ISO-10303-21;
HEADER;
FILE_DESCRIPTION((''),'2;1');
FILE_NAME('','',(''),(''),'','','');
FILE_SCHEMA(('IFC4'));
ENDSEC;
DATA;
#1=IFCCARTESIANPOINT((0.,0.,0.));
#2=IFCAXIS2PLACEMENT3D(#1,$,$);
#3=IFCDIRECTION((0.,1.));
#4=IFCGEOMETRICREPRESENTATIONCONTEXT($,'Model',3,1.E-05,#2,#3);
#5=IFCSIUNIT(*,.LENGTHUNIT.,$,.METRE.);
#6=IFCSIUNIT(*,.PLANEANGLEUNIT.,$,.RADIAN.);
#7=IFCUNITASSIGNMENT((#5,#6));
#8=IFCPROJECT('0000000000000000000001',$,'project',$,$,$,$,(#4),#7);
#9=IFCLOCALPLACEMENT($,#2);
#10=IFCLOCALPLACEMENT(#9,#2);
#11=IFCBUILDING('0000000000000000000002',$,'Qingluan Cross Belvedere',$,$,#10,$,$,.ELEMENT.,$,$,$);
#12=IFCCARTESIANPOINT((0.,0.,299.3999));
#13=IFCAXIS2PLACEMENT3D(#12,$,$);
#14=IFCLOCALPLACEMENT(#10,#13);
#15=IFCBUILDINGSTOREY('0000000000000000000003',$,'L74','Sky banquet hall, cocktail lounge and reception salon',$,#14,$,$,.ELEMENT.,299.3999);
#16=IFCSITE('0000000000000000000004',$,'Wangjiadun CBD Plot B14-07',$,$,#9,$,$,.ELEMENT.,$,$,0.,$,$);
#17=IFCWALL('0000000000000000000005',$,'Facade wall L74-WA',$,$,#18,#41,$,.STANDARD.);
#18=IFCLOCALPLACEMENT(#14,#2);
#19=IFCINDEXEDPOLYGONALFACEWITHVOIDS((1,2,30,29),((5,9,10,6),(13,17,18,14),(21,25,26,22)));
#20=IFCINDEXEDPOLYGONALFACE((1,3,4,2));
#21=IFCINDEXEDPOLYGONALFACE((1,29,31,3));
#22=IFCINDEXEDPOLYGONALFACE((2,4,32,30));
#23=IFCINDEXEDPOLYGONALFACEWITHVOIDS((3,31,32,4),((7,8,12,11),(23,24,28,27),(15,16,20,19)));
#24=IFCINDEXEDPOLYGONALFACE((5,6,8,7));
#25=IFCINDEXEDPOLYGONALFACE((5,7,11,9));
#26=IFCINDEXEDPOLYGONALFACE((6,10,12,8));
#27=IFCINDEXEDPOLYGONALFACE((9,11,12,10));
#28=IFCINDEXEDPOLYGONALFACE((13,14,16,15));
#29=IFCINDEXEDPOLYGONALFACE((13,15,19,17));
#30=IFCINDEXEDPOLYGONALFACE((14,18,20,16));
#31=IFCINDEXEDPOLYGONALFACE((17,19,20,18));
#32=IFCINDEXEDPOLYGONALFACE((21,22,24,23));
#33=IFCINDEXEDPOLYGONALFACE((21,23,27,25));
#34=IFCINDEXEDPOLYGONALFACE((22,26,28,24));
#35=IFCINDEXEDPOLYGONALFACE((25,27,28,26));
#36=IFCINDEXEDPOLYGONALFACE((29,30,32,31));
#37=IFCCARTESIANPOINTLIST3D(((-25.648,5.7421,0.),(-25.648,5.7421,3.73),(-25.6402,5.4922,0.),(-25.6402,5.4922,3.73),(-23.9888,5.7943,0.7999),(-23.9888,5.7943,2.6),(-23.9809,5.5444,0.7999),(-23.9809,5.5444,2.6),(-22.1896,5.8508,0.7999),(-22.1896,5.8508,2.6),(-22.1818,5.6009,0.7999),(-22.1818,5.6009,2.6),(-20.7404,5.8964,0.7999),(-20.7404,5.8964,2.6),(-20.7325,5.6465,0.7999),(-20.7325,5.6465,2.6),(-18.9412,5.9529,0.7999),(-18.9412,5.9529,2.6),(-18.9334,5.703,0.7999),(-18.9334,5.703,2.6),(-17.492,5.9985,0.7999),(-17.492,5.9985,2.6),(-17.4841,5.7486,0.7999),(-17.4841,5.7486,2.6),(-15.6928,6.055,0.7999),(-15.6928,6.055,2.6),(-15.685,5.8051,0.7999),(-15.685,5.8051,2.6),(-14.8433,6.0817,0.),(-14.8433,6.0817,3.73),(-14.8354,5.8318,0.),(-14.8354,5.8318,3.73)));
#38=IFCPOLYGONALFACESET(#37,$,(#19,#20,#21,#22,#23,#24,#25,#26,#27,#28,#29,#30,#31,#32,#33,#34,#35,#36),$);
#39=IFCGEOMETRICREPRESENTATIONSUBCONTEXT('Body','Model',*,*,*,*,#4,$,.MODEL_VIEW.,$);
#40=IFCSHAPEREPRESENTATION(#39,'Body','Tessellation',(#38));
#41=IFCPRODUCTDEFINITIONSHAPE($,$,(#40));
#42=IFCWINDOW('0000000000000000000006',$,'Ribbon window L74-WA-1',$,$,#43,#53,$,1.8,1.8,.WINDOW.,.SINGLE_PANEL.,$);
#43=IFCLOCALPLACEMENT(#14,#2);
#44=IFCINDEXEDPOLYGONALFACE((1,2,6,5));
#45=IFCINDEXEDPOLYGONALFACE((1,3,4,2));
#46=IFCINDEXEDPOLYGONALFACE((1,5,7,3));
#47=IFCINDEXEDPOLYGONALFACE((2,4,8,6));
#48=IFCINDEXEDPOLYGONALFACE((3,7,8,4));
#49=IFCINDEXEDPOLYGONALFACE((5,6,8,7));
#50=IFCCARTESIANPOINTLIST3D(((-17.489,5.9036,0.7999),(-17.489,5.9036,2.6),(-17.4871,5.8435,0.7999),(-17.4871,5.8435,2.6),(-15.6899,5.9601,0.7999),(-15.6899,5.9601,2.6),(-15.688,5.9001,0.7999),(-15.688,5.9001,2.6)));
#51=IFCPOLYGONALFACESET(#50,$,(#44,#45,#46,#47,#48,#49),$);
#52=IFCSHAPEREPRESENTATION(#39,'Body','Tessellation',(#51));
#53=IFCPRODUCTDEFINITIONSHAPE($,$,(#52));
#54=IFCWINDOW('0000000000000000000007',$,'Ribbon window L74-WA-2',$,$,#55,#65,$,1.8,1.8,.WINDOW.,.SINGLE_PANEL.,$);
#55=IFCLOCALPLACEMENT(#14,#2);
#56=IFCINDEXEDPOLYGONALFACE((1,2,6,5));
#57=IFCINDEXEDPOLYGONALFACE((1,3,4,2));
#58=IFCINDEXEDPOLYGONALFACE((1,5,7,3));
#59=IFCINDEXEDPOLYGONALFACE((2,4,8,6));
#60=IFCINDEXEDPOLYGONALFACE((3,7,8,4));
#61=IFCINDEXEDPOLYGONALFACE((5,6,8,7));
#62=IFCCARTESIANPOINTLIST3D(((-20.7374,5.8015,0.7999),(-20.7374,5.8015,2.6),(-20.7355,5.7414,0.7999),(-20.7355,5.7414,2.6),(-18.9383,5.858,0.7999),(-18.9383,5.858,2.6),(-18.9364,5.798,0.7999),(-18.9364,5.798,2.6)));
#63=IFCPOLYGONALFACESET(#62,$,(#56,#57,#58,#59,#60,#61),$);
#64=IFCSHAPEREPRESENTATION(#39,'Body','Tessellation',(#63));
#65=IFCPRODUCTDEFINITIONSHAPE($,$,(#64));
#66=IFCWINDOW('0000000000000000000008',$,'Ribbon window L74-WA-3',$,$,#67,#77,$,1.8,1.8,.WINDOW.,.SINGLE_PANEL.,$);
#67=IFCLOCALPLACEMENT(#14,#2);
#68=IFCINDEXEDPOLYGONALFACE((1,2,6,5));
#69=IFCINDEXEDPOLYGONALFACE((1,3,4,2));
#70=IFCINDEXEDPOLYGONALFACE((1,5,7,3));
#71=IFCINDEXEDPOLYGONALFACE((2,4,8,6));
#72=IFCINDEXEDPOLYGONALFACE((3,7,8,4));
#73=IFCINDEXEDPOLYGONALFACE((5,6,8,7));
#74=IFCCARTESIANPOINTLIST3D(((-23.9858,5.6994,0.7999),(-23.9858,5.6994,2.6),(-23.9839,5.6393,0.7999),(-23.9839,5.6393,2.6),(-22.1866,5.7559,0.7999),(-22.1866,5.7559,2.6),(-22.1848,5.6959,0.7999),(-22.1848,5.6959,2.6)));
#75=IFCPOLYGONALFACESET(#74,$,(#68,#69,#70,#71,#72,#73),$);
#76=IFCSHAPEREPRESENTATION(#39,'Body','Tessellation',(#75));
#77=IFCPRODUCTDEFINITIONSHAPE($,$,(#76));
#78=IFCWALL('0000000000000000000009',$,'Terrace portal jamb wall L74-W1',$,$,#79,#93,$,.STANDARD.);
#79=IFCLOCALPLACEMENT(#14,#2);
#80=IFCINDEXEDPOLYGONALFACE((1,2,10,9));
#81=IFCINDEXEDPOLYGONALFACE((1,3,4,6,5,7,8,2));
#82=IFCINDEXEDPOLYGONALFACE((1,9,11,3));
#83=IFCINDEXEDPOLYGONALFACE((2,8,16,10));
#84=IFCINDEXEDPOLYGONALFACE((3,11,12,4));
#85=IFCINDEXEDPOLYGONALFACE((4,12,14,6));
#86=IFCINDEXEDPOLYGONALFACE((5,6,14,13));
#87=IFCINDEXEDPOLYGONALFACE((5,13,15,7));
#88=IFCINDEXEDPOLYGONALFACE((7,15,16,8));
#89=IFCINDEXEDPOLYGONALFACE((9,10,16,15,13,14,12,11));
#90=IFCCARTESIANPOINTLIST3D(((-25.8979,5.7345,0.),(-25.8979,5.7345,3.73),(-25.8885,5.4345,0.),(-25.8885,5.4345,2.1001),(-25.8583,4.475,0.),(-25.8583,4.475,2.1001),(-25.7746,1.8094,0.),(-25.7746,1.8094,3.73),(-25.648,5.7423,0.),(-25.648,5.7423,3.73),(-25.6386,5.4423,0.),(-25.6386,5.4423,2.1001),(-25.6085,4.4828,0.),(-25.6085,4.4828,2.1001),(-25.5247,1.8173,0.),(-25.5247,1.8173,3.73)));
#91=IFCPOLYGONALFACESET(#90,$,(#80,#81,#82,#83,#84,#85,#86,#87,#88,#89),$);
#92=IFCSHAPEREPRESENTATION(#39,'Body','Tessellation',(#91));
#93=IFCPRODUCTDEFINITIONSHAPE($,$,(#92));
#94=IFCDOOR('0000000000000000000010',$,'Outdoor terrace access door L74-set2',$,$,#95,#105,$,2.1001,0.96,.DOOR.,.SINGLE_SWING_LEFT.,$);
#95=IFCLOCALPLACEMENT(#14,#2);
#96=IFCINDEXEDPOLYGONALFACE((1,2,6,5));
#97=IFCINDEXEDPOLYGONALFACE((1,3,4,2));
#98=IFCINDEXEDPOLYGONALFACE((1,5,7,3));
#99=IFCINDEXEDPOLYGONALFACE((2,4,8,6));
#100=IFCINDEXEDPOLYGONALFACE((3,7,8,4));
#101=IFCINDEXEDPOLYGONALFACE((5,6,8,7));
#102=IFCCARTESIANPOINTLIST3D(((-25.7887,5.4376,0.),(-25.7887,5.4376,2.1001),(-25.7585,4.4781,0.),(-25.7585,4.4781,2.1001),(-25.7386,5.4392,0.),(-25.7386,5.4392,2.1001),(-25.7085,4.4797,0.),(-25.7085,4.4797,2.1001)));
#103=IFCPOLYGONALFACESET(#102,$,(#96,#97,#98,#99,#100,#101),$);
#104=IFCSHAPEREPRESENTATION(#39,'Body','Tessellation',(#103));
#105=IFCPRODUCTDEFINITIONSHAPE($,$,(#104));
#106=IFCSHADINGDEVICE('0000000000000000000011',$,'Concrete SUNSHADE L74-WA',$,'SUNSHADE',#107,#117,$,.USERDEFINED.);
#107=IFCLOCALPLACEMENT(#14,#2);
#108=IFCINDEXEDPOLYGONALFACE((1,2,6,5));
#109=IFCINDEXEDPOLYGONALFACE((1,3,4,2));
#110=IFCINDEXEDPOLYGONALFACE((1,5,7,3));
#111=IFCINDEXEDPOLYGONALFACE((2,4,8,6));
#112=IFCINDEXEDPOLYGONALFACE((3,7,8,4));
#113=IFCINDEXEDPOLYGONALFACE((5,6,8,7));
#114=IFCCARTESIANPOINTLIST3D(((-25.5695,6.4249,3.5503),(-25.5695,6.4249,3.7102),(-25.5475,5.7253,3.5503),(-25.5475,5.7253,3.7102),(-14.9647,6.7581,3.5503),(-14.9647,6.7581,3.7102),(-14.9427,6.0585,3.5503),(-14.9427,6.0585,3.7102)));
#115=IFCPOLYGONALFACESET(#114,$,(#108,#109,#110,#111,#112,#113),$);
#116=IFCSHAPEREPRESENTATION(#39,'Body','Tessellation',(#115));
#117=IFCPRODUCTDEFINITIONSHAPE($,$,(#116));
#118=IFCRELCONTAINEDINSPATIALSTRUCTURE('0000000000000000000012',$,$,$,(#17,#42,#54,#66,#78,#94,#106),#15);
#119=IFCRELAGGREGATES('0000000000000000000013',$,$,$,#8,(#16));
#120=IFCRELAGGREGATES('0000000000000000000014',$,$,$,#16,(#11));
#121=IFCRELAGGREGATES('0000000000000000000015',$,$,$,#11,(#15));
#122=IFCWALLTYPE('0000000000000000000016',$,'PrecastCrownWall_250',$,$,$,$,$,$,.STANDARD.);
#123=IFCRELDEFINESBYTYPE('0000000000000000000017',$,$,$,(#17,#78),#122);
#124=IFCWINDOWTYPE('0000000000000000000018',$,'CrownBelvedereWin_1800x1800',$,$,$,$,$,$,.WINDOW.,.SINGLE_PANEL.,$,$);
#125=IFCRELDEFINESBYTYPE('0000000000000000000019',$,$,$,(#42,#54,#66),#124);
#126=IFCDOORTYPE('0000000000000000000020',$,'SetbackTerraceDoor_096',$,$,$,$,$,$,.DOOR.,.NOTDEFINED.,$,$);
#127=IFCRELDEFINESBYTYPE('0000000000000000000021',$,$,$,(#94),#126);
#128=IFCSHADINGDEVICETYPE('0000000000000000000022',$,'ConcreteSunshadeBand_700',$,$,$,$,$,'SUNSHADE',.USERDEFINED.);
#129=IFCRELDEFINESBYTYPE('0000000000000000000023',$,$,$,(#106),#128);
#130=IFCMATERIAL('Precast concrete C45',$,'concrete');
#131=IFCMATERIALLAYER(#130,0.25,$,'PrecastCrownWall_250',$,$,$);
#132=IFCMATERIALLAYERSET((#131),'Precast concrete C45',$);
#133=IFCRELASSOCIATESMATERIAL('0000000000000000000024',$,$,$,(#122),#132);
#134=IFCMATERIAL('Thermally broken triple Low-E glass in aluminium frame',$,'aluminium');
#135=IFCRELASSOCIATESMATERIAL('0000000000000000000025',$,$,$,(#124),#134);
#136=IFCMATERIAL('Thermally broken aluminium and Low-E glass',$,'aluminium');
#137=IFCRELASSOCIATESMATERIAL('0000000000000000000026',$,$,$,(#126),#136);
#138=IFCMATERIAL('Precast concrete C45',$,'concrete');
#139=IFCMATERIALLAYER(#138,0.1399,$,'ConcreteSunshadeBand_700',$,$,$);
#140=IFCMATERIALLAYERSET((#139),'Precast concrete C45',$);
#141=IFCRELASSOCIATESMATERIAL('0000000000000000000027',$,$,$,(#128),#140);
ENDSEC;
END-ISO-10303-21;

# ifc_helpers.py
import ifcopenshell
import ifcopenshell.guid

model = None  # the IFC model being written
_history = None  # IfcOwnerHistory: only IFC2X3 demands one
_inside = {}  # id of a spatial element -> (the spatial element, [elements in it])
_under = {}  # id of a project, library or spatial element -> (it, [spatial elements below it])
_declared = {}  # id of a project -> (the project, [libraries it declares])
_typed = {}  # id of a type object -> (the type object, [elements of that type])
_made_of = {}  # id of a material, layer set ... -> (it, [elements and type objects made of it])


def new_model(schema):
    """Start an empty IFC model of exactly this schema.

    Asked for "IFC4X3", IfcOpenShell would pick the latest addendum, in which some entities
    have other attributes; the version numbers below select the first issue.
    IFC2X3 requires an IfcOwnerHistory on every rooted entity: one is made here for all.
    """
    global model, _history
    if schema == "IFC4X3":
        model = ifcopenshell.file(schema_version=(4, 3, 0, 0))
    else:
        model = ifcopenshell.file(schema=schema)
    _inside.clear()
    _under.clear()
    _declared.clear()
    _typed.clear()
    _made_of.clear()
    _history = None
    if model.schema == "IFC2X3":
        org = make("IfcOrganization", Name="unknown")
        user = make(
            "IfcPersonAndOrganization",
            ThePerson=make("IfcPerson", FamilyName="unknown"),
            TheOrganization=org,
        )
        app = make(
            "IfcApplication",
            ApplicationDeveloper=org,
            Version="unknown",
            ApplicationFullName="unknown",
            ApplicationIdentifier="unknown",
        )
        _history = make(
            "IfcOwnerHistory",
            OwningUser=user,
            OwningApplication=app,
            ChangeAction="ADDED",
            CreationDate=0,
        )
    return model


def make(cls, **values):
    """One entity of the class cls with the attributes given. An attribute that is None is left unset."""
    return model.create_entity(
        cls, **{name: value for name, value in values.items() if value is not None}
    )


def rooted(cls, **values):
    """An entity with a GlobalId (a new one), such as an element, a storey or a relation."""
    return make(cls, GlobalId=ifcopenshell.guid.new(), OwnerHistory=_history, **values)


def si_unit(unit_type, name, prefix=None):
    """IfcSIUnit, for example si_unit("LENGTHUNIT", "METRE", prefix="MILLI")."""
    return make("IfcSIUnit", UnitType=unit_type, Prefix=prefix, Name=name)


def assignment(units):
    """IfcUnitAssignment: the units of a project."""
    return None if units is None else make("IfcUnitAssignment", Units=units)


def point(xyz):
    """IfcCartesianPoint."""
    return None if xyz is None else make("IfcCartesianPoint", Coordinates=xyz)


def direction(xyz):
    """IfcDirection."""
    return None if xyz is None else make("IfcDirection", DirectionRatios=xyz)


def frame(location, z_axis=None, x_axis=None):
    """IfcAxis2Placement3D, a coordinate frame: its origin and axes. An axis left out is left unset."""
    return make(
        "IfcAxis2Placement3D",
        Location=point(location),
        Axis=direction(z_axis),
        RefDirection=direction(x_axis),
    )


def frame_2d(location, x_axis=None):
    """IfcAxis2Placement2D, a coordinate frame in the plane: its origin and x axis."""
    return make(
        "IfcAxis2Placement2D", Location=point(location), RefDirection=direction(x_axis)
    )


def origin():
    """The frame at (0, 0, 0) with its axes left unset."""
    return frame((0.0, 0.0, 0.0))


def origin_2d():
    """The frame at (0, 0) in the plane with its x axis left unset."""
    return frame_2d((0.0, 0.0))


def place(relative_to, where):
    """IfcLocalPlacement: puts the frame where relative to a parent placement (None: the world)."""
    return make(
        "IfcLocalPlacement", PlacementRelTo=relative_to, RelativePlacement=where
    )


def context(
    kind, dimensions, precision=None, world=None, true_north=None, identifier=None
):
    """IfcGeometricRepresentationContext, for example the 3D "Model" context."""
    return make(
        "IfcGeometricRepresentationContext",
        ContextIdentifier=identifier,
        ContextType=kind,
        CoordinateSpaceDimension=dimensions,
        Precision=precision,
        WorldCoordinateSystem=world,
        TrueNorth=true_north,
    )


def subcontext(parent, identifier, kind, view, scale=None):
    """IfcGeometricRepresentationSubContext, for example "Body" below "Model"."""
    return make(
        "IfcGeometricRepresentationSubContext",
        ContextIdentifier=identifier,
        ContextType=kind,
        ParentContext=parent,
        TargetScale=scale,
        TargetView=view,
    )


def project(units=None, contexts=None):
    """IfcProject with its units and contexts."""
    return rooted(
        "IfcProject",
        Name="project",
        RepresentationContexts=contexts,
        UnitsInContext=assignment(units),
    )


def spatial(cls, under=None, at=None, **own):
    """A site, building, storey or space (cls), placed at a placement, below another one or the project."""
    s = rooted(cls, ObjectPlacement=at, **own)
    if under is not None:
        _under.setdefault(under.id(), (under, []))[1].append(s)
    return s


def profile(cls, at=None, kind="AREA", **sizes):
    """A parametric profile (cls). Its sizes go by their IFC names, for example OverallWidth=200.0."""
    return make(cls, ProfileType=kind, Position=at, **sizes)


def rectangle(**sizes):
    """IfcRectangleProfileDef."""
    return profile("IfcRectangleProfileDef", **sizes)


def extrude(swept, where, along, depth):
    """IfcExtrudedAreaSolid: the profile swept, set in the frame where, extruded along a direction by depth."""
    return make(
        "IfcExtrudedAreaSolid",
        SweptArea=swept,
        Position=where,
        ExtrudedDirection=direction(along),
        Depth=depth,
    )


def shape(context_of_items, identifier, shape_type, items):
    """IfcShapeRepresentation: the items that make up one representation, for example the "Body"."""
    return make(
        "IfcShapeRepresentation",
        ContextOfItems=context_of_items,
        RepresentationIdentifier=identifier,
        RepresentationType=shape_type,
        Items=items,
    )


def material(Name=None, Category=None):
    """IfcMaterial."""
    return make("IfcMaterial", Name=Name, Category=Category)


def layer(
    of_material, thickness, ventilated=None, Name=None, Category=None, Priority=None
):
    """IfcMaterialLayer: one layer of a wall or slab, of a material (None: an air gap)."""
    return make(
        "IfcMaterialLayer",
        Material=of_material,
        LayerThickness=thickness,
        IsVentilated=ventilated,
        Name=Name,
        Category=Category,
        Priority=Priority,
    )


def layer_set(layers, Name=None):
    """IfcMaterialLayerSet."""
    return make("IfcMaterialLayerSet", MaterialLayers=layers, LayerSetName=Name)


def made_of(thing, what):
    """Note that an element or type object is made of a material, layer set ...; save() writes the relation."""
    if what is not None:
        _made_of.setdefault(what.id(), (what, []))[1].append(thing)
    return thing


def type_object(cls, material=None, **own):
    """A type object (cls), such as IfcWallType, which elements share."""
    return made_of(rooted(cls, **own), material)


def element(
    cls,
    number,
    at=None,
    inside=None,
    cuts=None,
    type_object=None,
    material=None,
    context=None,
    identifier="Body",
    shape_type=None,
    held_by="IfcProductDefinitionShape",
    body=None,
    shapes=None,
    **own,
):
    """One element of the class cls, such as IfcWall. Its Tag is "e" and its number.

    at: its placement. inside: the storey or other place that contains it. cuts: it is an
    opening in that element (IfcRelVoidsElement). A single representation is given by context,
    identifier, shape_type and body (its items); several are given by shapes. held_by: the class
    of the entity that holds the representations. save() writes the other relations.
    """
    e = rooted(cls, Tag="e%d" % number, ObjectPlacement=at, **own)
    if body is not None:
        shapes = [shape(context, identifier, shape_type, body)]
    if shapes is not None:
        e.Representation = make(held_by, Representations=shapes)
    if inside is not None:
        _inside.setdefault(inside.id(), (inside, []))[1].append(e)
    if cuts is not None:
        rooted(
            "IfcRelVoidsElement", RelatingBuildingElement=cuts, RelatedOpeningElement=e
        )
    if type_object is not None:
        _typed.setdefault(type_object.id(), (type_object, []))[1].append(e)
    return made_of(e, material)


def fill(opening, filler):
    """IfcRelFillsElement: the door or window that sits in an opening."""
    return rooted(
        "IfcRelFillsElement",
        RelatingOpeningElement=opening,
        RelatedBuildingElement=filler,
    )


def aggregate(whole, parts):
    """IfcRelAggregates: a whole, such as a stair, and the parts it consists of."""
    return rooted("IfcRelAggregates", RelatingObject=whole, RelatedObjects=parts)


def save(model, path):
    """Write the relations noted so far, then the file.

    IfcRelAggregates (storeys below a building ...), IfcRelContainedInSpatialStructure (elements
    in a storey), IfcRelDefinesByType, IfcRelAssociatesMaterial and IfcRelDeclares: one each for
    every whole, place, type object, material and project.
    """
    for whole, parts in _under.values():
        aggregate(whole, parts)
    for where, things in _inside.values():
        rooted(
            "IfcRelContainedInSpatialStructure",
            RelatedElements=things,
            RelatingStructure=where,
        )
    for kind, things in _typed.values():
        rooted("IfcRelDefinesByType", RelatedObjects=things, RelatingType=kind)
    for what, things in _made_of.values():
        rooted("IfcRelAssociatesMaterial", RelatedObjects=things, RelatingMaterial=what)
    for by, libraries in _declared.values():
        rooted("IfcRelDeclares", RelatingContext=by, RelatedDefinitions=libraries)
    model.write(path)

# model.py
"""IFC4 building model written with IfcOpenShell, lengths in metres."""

from ifc_helpers import new_model, si_unit, direction, frame, frame_2d, origin, origin_2d, place, context, subcontext, project, spatial, rectangle, extrude, material, layer, layer_set, type_object, element, fill, save


model = new_model("IFC4")

# Units and contexts
model_context = context("Model", 3, precision=1e-05, world=origin(), true_north=direction((0.0, 1.0)))
body_context = subcontext(model_context, "Body", "Model", "MODEL_VIEW")
ifc_project = project(units=[si_unit("LENGTHUNIT", "METRE"), si_unit("PLANEANGLEUNIT", "RADIAN")], contexts=[model_context])

# Site, building, storey
site_placement = place(None, origin())
site = spatial("IfcSite", under=ifc_project, at=site_placement, Name="Wangjiadun CBD Plot B14-07", CompositionType="ELEMENT", RefElevation=0.0)
building_placement = place(site_placement, origin())
building = spatial("IfcBuilding", under=site, at=building_placement, Name="Qingluan Cross Belvedere", CompositionType="ELEMENT")
storey_placement = place(building_placement, frame((0.0, 0.0, 299.3999)))
storey = spatial("IfcBuildingStorey", under=building, at=storey_placement, Name="L74", Description="Sky banquet hall, cocktail lounge and reception salon", CompositionType="ELEMENT", Elevation=299.3999)

# Wall, openings, windows
ifc_material_1 = material(Name="Precast concrete C45", Category="concrete")
ifc_layer_1 = layer(ifc_material_1, 0.25, Name="PrecastCrownWall_250")
ifc_layer_set_1 = layer_set([ifc_layer_1], Name="Precast concrete C45")
wall_type = type_object("IfcWallType", Name="PrecastCrownWall_250", PredefinedType="STANDARD", material=ifc_layer_set_1)
wall_1_placement = place(storey_placement, frame((-14.8394, 5.9568, 0.0), z_axis=(0.0, 0.0, 1.0), x_axis=(-0.999506, -0.031415, 0.0)))
wall_1 = element("IfcWall", 1, at=wall_1_placement, inside=storey, type_object=wall_type, Name="Facade wall L74-WA", PredefinedType="STANDARD", context=body_context, shape_type="SweptSolid", body=[
    extrude(rectangle(XDim=10.8101, YDim=0.25, at=frame_2d((5.405, 0.0))), origin(), (0.0, 0.0, 1.0), 3.73),
])
opening_1_placement = place(wall_1_placement, frame((0.8501, 0.0, 0.8)))
opening_1 = element("IfcOpeningElement", 2, at=opening_1_placement, cuts=wall_1, PredefinedType="OPENING", context=body_context, shape_type="SweptSolid", body=[
    extrude(rectangle(XDim=1.8, YDim=1.8, at=frame_2d((0.8999, 0.8999))), frame((0.0, 0.135, 0.0), z_axis=(0.0, -1.0, 0.0), x_axis=(1.0, 0.0, 0.0)), (0.0, 0.0, 1.0), 0.27),
])
opening_2_placement = place(wall_1_placement, frame((4.1001, 0.0, 0.8)))
opening_2 = element("IfcOpeningElement", 3, at=opening_2_placement, cuts=wall_1, PredefinedType="OPENING", context=body_context, shape_type="SweptSolid", body=[
    extrude(rectangle(XDim=1.8, YDim=1.8, at=frame_2d((0.8999, 0.8999))), frame((0.0, 0.135, 0.0), z_axis=(0.0, -1.0, 0.0), x_axis=(1.0, 0.0, 0.0)), (0.0, 0.0, 1.0), 0.27),
])
opening_3_placement = place(wall_1_placement, frame((7.3501, 0.0, 0.8)))
opening_3 = element("IfcOpeningElement", 4, at=opening_3_placement, cuts=wall_1, PredefinedType="OPENING", context=body_context, shape_type="SweptSolid", body=[
    extrude(rectangle(XDim=1.8, YDim=1.8, at=frame_2d((0.8999, 0.8999))), frame((0.0, 0.135, 0.0), z_axis=(0.0, -1.0, 0.0), x_axis=(1.0, 0.0, 0.0)), (0.0, 0.0, 1.0), 0.27),
])
ifc_material_2 = material(Name="Thermally broken triple Low-E glass in aluminium frame", Category="aluminium")
window_type = type_object("IfcWindowType", Name="CrownBelvedereWin_1800x1800", PartitioningType="SINGLE_PANEL", PredefinedType="WINDOW", material=ifc_material_2)
window_1_placement = place(opening_1_placement, origin())
window_1 = element("IfcWindow", 5, at=window_1_placement, inside=storey, type_object=window_type, Name="Ribbon window L74-WA-1", OverallHeight=1.8, OverallWidth=1.8, PartitioningType="SINGLE_PANEL", PredefinedType="WINDOW", context=body_context, shape_type="SweptSolid", body=[
    extrude(rectangle(XDim=1.8, YDim=1.8, at=frame_2d((0.8999, 0.8999))), frame((0.0, 0.03, 0.0), z_axis=(0.0, -1.0, 0.0), x_axis=(1.0, 0.0, 0.0)), (0.0, 0.0, 1.0), 0.0601),
])
fill(opening_1, window_1)
window_2_placement = place(opening_2_placement, origin())
window_2 = element("IfcWindow", 6, at=window_2_placement, inside=storey, type_object=window_type, Name="Ribbon window L74-WA-2", OverallHeight=1.8, OverallWidth=1.8, PartitioningType="SINGLE_PANEL", PredefinedType="WINDOW", context=body_context, shape_type="SweptSolid", body=[
    extrude(rectangle(XDim=1.8, YDim=1.8, at=frame_2d((0.8999, 0.8999))), frame((0.0, 0.03, 0.0), z_axis=(0.0, -1.0, 0.0), x_axis=(1.0, 0.0, 0.0)), (0.0, 0.0, 1.0), 0.0601),
])
fill(opening_2, window_2)
window_3_placement = place(opening_3_placement, origin())
window_3 = element("IfcWindow", 7, at=window_3_placement, inside=storey, type_object=window_type, Name="Ribbon window L74-WA-3", OverallHeight=1.8, OverallWidth=1.8, PartitioningType="SINGLE_PANEL", PredefinedType="WINDOW", context=body_context, shape_type="SweptSolid", body=[
    extrude(rectangle(XDim=1.8, YDim=1.8, at=frame_2d((0.8999, 0.8999))), frame((0.0, 0.03, 0.0), z_axis=(0.0, -1.0, 0.0), x_axis=(1.0, 0.0, 0.0)), (0.0, 0.0, 1.0), 0.0601),
])
fill(opening_3, window_3)

# Wall, opening, door
wall_2_placement = place(storey_placement, frame((-25.7729, 5.7383, 0.0), z_axis=(0.0, 0.0, 1.0), x_axis=(0.031396, -0.999507, 0.0)))
wall_2 = element("IfcWall", 8, at=wall_2_placement, inside=storey, type_object=wall_type, Name="Terrace portal jamb wall L74-W1", PredefinedType="STANDARD", context=body_context, shape_type="SweptSolid", body=[
    extrude(rectangle(XDim=3.927, YDim=0.25, at=frame_2d((1.9634, 0.0))), origin(), (0.0, 0.0, 1.0), 3.73),
])
opening_4_placement = place(wall_2_placement, frame((0.3, 0.0, 0.0)))
opening_4 = element("IfcOpeningElement", 9, at=opening_4_placement, cuts=wall_2, PredefinedType="OPENING", context=body_context, shape_type="SweptSolid", body=[
    extrude(rectangle(XDim=0.96, YDim=2.1001, at=frame_2d((0.48, 1.05))), frame((0.0, 0.135, 0.0), z_axis=(0.0, -1.0, 0.0), x_axis=(1.0, 0.0, 0.0)), (0.0, 0.0, 1.0), 0.27),
])
ifc_material_3 = material(Name="Thermally broken aluminium and Low-E glass", Category="aluminium")
door_type = type_object("IfcDoorType", Name="SetbackTerraceDoor_096", OperationType="NOTDEFINED", PredefinedType="DOOR", material=ifc_material_3)
door_placement = place(opening_4_placement, origin())
door = element("IfcDoor", 10, at=door_placement, inside=storey, type_object=door_type, Name="Outdoor terrace access door L74-set2", OperationType="SINGLE_SWING_LEFT", OverallHeight=2.1001, OverallWidth=0.96, PredefinedType="DOOR", context=body_context, shape_type="SweptSolid", body=[
    extrude(rectangle(XDim=0.96, YDim=2.1001, at=frame_2d((0.48, 1.05))), frame((0.0, 0.0249, 0.0), z_axis=(0.0, -1.0, 0.0), x_axis=(1.0, 0.0, 0.0)), (0.0, 0.0, 1.0), 0.05),
])
fill(opening_4, door)

# Shading device
ifc_material_4 = material(Name="Precast concrete C45", Category="concrete")
ifc_layer_2 = layer(ifc_material_4, 0.1399, Name="ConcreteSunshadeBand_700")
ifc_layer_set_2 = layer_set([ifc_layer_2], Name="Precast concrete C45")
shading_device_type = type_object("IfcShadingDeviceType", Name="ConcreteSunshadeBand_700", ElementType="SUNSHADE", PredefinedType="USERDEFINED", material=ifc_layer_set_2)
shading_device_placement = place(storey_placement, frame((-20.2561, 6.2417, 3.5503), z_axis=(0.0, 0.0, 1.0), x_axis=(-0.999507, -0.031406, 0.0)))
element("IfcShadingDevice", 11, at=shading_device_placement, inside=storey, type_object=shading_device_type, Name="Concrete SUNSHADE L74-WA", ObjectType="SUNSHADE", PredefinedType="USERDEFINED", context=body_context, shape_type="SweptSolid", body=[
    extrude(rectangle(XDim=10.6101, YDim=0.7, at=origin_2d()), origin(), (0.0, 0.0, 1.0), 0.1599),
])

save(model, "model.ifc")
